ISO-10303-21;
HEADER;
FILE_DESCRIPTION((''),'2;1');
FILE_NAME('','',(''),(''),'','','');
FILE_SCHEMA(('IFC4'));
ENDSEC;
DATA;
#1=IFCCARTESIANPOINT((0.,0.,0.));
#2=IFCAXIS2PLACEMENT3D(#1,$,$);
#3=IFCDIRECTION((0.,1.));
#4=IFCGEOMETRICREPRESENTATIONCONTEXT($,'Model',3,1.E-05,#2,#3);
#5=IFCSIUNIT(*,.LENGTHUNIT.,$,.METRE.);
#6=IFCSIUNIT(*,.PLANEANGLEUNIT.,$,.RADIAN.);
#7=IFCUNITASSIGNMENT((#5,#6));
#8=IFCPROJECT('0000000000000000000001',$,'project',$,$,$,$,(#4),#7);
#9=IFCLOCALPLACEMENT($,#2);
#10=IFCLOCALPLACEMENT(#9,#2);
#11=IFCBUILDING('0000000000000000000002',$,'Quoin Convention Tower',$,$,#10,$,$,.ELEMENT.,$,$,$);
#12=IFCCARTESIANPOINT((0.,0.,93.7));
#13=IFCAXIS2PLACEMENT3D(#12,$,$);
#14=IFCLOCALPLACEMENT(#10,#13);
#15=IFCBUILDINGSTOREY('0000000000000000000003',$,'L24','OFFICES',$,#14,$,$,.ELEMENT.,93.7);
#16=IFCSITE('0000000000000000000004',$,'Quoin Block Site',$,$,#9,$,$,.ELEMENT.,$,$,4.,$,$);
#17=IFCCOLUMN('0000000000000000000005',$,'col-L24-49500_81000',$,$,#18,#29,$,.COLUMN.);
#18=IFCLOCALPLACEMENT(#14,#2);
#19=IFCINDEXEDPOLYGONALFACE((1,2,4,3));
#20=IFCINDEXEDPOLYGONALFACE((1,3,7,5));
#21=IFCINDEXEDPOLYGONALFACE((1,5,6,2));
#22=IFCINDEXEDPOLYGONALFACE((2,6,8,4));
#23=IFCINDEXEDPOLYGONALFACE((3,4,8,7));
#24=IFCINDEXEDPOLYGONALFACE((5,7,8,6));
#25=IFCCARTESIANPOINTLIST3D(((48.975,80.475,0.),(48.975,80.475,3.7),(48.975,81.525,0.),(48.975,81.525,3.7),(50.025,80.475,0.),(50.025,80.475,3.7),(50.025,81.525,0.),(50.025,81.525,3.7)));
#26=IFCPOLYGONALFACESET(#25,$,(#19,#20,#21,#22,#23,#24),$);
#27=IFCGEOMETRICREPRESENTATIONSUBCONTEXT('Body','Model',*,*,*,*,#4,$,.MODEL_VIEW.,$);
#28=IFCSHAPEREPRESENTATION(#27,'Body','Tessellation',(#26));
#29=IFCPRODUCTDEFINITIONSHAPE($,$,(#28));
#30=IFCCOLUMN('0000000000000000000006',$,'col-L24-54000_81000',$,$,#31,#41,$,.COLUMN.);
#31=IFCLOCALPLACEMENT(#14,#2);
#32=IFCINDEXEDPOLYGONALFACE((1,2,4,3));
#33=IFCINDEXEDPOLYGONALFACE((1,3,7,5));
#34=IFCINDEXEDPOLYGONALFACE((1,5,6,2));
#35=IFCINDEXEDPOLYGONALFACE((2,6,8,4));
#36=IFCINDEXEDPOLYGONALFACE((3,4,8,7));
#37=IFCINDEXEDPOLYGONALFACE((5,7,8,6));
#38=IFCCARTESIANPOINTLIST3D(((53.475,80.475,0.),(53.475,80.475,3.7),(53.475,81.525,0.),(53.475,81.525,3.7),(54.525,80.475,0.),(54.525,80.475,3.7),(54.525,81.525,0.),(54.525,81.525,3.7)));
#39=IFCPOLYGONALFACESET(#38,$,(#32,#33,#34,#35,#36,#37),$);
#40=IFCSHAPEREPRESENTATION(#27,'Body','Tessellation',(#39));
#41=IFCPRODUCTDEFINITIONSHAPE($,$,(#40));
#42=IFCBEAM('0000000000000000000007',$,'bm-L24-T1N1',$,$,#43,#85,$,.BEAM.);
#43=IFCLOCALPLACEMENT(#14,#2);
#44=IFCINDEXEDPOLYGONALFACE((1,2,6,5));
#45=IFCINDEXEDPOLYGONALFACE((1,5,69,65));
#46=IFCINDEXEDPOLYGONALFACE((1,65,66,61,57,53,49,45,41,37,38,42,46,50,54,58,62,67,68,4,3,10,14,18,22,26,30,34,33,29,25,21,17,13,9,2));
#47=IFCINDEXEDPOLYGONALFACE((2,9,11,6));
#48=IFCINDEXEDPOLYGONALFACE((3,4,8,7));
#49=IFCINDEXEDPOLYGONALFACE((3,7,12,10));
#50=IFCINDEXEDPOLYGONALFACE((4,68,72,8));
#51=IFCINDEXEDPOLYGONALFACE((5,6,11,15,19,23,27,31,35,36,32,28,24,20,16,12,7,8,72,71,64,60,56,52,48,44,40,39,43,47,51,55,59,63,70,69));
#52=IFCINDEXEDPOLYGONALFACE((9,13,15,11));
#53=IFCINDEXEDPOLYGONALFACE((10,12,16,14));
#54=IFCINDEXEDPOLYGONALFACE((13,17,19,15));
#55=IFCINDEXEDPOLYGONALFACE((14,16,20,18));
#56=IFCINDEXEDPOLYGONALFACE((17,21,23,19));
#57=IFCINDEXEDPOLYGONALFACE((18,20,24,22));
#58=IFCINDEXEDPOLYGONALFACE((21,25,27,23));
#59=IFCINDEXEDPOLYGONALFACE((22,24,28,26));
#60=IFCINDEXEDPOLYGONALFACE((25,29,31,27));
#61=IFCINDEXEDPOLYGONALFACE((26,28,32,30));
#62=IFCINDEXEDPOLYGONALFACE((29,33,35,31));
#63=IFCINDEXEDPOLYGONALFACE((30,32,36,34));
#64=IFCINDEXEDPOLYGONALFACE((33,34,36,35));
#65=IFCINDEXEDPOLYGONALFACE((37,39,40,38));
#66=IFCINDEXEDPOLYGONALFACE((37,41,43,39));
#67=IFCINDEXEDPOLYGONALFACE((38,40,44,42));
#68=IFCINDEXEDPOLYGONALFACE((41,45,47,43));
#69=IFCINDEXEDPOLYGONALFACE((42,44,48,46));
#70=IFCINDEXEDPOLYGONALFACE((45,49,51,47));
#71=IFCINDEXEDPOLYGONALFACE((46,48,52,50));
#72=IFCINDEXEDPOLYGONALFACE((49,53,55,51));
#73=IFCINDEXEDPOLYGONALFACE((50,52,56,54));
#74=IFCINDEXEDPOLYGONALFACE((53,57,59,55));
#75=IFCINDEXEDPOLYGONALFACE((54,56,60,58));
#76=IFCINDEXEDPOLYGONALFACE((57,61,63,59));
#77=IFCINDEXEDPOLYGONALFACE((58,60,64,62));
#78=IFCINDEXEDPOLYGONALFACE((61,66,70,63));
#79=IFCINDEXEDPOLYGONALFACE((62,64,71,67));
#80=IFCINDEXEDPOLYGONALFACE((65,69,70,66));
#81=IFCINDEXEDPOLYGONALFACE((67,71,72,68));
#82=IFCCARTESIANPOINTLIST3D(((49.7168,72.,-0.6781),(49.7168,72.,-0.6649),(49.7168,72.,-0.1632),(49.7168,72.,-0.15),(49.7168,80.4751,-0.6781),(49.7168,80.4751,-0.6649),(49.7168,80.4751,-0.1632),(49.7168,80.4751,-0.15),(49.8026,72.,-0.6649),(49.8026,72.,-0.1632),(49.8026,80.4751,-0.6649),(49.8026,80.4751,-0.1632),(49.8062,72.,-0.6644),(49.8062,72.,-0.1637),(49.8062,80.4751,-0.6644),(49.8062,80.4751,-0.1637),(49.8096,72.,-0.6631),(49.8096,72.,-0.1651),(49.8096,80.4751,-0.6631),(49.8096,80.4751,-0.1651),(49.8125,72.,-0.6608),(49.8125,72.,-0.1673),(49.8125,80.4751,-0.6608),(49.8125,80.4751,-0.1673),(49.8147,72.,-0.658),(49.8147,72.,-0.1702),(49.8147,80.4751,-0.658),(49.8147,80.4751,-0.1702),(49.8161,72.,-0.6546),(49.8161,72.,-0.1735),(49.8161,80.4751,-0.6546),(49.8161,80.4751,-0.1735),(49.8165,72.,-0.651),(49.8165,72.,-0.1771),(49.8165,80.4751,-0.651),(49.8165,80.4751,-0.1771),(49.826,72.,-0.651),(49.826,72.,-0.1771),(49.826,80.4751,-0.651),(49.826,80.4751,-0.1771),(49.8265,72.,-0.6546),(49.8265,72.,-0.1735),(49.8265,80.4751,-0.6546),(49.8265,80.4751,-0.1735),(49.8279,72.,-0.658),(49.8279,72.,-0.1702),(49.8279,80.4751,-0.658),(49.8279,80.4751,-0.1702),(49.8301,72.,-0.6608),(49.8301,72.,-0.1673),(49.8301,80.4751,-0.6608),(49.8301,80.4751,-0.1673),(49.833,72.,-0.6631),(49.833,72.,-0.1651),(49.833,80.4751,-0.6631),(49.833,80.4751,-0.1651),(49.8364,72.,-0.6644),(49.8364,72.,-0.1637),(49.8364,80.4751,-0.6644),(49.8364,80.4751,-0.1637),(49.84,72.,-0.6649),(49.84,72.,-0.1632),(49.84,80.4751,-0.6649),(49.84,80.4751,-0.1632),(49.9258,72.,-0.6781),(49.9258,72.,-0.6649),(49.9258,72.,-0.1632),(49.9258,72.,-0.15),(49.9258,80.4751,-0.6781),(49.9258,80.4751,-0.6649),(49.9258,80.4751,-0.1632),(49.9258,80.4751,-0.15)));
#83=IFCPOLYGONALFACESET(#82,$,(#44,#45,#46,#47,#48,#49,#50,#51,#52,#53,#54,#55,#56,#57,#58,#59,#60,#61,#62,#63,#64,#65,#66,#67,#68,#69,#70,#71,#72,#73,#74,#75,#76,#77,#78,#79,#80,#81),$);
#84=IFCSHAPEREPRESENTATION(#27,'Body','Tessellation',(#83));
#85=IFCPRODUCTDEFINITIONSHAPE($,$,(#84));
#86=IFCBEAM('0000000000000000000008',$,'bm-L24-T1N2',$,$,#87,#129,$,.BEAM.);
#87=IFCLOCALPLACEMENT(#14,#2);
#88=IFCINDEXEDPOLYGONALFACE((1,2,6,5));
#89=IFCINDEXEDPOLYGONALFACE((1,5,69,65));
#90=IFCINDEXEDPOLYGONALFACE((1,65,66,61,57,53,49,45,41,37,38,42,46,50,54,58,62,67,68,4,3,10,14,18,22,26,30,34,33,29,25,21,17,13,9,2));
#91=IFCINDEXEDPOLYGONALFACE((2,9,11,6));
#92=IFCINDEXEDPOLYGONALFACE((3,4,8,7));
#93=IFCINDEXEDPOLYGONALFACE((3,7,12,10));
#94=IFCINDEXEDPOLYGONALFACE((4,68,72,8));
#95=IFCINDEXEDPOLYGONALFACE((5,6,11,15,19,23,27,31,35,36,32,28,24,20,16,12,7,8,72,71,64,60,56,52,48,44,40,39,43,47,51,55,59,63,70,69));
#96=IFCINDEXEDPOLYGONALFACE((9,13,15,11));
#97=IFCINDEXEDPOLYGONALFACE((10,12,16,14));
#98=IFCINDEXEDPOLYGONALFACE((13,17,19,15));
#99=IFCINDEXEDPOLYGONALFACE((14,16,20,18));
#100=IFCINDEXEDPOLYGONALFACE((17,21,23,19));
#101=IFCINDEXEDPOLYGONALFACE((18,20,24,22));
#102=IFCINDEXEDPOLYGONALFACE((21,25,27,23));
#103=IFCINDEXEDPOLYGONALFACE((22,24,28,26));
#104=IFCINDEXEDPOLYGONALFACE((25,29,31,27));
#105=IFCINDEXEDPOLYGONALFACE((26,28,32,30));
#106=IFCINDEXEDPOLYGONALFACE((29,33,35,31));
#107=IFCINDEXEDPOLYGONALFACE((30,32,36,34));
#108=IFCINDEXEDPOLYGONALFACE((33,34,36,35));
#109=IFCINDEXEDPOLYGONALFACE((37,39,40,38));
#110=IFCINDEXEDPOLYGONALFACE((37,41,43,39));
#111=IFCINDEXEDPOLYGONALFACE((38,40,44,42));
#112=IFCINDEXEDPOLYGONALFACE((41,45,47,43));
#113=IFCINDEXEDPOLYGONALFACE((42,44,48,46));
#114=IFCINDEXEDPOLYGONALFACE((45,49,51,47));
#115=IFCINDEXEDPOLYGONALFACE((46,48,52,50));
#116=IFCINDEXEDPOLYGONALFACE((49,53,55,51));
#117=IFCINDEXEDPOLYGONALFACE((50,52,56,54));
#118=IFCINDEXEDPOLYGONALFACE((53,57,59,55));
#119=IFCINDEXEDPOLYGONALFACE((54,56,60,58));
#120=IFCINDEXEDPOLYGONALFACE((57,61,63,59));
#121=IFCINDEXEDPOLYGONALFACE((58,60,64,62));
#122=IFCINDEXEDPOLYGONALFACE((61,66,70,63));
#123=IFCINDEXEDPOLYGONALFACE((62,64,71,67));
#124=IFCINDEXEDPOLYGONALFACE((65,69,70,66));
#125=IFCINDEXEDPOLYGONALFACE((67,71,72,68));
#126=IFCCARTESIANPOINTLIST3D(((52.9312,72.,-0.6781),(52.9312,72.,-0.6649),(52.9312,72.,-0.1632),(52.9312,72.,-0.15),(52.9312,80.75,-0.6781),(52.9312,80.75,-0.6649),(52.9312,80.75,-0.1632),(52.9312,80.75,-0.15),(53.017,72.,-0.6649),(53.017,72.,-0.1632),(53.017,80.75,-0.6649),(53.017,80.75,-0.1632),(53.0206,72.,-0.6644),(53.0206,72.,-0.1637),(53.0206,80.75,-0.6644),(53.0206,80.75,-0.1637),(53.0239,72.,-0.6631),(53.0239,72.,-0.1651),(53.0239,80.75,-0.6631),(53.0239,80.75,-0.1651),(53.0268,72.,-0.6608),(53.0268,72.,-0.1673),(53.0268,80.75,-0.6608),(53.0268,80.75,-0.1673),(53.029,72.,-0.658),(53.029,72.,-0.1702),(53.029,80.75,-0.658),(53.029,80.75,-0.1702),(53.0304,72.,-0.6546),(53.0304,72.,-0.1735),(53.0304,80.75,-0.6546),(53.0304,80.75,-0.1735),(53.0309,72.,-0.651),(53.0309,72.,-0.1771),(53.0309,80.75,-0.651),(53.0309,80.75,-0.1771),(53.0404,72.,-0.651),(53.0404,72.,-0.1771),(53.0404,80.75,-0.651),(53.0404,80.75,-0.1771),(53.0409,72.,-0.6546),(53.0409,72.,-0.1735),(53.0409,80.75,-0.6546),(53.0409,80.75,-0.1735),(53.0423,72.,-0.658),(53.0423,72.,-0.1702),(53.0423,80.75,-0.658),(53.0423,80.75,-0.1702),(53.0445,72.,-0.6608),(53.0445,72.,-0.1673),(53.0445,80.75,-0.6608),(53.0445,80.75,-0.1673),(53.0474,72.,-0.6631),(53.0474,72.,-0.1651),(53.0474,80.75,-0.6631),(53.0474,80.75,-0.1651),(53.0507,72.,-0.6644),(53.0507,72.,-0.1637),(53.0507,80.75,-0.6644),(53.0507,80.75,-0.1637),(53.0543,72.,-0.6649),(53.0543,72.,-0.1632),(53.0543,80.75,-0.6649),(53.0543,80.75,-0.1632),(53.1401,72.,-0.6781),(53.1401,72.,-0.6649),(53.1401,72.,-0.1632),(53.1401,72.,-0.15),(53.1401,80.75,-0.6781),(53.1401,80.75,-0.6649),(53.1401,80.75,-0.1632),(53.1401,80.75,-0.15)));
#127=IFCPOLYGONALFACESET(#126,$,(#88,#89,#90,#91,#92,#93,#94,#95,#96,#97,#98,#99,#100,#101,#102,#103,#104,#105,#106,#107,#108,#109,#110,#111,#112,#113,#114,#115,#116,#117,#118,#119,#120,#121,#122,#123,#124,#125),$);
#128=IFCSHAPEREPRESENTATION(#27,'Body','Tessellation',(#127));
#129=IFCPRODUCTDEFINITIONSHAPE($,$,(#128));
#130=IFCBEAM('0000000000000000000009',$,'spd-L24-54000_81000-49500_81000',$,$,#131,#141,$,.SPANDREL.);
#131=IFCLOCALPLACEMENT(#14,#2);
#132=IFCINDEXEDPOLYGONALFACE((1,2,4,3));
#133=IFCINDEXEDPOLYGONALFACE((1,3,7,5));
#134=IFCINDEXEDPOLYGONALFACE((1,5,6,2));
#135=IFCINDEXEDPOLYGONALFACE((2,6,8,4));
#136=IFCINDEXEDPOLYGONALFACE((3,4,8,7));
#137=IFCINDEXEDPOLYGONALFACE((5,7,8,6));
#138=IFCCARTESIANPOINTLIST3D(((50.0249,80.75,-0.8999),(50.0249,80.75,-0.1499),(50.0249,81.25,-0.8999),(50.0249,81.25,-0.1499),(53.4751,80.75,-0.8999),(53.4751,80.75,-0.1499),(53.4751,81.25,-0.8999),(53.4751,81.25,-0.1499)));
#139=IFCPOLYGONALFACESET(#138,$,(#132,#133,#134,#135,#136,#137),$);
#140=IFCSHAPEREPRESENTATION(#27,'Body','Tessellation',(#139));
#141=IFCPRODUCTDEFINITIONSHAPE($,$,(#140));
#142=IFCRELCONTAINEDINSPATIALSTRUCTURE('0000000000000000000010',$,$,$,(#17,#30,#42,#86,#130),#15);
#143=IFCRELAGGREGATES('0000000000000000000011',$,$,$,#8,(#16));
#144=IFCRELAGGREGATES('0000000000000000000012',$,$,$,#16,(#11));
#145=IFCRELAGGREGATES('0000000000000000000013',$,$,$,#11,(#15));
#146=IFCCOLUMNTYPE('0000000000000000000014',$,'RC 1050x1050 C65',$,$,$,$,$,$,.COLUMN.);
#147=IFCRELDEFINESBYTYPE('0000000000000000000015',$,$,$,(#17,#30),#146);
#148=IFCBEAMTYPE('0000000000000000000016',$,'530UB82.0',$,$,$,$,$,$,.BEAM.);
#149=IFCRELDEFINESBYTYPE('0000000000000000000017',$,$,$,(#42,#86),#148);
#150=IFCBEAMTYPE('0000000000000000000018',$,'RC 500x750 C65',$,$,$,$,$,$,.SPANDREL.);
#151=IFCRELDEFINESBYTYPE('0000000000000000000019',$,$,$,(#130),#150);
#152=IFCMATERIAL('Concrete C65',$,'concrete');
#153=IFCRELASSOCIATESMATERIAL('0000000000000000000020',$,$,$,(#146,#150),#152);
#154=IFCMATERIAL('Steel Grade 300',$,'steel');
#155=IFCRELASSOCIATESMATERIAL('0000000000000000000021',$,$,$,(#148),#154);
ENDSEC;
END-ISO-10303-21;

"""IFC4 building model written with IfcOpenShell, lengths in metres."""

from ifc_helpers import new_model, si_unit, direction, frame, origin, origin_2d, place, context, subcontext, project, spatial, rectangle, i_section, extrude, material, material_profile, profile_set, type_object, element, save


model = new_model("IFC4")

# Units and contexts
model_context = context("Model", 3, precision=1e-05, world=origin(), true_north=direction((0.0, 1.0)))
body_context = subcontext(model_context, "Body", "Model", "MODEL_VIEW")
ifc_project = project(units=[si_unit("LENGTHUNIT", "METRE"), si_unit("PLANEANGLEUNIT", "RADIAN")], contexts=[model_context])

# Site, building, storey
site_placement = place(None, origin())
site = spatial("IfcSite", under=ifc_project, at=site_placement, Name="Quoin Block Site", CompositionType="ELEMENT", RefElevation=4.0)
building_placement = place(site_placement, origin())
building = spatial("IfcBuilding", under=site, at=building_placement, Name="Quoin Convention Tower", CompositionType="ELEMENT")
storey_placement = place(building_placement, frame((0.0, 0.0, 93.7)))
storey = spatial("IfcBuildingStorey", under=building, at=storey_placement, Name="L24", Description="OFFICES", CompositionType="ELEMENT", Elevation=93.7)

# Columns
ifc_material_1 = material(Name="Concrete C65", Category="concrete")
ifc_material_profile_1 = material_profile(ifc_material_1, rectangle(XDim=1.05, YDim=1.05, at=origin_2d()), Name="RC 1050x1050")
ifc_profile_set_1 = profile_set([ifc_material_profile_1], Name="Concrete C65")
column_type = type_object("IfcColumnType", Name="RC 1050x1050 C65", PredefinedType="COLUMN", material=ifc_profile_set_1)
for number, where, z_axis, x_axis, name in (
    (1, (49.5, 81.0, 0.0), (0.0, 0.0, 1.0), (1.0, 0.0, 0.0), "col-L24-49500_81000"),
    (2, (54.0, 81.0, 0.0), (0.0, 0.0, 1.0), (1.0, 0.0, 0.0), "col-L24-54000_81000"),
):
    element("IfcColumn", number, at=place(storey_placement, frame(where, z_axis=z_axis, x_axis=x_axis)), inside=storey, type_object=column_type, Name=name, PredefinedType="COLUMN", context=body_context, shape_type="SweptSolid", body=[
        extrude(rectangle(XDim=1.05, YDim=1.05, at=origin_2d()), origin(), (0.0, 0.0, 1.0), 3.7),
    ])

# Beams
ifc_material_2 = material(Name="Steel Grade 300", Category="steel")
ifc_material_profile_2 = material_profile(ifc_material_2, i_section(OverallWidth=0.209, OverallDepth=0.5281, WebThickness=0.0095, FlangeThickness=0.0132, FilletRadius=0.0139, at=origin_2d()), Name="530UB82.0")
ifc_profile_set_2 = profile_set([ifc_material_profile_2], Name="Steel Grade 300")
beam_type_1 = type_object("IfcBeamType", Name="530UB82.0", PredefinedType="BEAM", material=ifc_profile_set_2)
beam_1_placement = place(storey_placement, frame((49.8213, 72.0, -0.4141), z_axis=(0.0, 1.0, 0.0), x_axis=(-1.0, 0.0, 0.0)))
element("IfcBeam", 3, at=beam_1_placement, inside=storey, type_object=beam_type_1, Name="bm-L24-T1N1", PredefinedType="BEAM", context=body_context, shape_type="SweptSolid", body=[
    extrude(i_section(OverallWidth=0.209, OverallDepth=0.5281, WebThickness=0.0095, FlangeThickness=0.0132, FilletRadius=0.0139, at=origin_2d()), origin(), (0.0, 0.0, 1.0), 8.4751),
])
beam_2_placement = place(storey_placement, frame((53.0356, 72.0, -0.4141), z_axis=(0.0, 1.0, 0.0), x_axis=(-1.0, 0.0, 0.0)))
element("IfcBeam", 4, at=beam_2_placement, inside=storey, type_object=beam_type_1, Name="bm-L24-T1N2", PredefinedType="BEAM", context=body_context, shape_type="SweptSolid", body=[
    extrude(i_section(OverallWidth=0.209, OverallDepth=0.5281, WebThickness=0.0095, FlangeThickness=0.0132, FilletRadius=0.0139, at=origin_2d()), origin(), (0.0, 0.0, 1.0), 8.75),
])
ifc_material_profile_3 = material_profile(ifc_material_1, rectangle(XDim=0.5, YDim=0.75, at=origin_2d()), Name="RC 500x750")
ifc_profile_set_3 = profile_set([ifc_material_profile_3], Name="Concrete C65")
beam_type_2 = type_object("IfcBeamType", Name="RC 500x750 C65", PredefinedType="SPANDREL", material=ifc_profile_set_3)
beam_3_placement = place(storey_placement, frame((53.4751, 81.0, -0.5249), z_axis=(-1.0, 0.0, 0.0), x_axis=(0.0, -1.0, 0.0)))
element("IfcBeam", 5, at=beam_3_placement, inside=storey, type_object=beam_type_2, Name="spd-L24-54000_81000-49500_81000", PredefinedType="SPANDREL", context=body_context, shape_type="SweptSolid", body=[
    extrude(rectangle(XDim=0.5, YDim=0.75, at=origin_2d()), origin(), (0.0, 0.0, 1.0), 3.4502),
])

save(model, "model.ifc")
